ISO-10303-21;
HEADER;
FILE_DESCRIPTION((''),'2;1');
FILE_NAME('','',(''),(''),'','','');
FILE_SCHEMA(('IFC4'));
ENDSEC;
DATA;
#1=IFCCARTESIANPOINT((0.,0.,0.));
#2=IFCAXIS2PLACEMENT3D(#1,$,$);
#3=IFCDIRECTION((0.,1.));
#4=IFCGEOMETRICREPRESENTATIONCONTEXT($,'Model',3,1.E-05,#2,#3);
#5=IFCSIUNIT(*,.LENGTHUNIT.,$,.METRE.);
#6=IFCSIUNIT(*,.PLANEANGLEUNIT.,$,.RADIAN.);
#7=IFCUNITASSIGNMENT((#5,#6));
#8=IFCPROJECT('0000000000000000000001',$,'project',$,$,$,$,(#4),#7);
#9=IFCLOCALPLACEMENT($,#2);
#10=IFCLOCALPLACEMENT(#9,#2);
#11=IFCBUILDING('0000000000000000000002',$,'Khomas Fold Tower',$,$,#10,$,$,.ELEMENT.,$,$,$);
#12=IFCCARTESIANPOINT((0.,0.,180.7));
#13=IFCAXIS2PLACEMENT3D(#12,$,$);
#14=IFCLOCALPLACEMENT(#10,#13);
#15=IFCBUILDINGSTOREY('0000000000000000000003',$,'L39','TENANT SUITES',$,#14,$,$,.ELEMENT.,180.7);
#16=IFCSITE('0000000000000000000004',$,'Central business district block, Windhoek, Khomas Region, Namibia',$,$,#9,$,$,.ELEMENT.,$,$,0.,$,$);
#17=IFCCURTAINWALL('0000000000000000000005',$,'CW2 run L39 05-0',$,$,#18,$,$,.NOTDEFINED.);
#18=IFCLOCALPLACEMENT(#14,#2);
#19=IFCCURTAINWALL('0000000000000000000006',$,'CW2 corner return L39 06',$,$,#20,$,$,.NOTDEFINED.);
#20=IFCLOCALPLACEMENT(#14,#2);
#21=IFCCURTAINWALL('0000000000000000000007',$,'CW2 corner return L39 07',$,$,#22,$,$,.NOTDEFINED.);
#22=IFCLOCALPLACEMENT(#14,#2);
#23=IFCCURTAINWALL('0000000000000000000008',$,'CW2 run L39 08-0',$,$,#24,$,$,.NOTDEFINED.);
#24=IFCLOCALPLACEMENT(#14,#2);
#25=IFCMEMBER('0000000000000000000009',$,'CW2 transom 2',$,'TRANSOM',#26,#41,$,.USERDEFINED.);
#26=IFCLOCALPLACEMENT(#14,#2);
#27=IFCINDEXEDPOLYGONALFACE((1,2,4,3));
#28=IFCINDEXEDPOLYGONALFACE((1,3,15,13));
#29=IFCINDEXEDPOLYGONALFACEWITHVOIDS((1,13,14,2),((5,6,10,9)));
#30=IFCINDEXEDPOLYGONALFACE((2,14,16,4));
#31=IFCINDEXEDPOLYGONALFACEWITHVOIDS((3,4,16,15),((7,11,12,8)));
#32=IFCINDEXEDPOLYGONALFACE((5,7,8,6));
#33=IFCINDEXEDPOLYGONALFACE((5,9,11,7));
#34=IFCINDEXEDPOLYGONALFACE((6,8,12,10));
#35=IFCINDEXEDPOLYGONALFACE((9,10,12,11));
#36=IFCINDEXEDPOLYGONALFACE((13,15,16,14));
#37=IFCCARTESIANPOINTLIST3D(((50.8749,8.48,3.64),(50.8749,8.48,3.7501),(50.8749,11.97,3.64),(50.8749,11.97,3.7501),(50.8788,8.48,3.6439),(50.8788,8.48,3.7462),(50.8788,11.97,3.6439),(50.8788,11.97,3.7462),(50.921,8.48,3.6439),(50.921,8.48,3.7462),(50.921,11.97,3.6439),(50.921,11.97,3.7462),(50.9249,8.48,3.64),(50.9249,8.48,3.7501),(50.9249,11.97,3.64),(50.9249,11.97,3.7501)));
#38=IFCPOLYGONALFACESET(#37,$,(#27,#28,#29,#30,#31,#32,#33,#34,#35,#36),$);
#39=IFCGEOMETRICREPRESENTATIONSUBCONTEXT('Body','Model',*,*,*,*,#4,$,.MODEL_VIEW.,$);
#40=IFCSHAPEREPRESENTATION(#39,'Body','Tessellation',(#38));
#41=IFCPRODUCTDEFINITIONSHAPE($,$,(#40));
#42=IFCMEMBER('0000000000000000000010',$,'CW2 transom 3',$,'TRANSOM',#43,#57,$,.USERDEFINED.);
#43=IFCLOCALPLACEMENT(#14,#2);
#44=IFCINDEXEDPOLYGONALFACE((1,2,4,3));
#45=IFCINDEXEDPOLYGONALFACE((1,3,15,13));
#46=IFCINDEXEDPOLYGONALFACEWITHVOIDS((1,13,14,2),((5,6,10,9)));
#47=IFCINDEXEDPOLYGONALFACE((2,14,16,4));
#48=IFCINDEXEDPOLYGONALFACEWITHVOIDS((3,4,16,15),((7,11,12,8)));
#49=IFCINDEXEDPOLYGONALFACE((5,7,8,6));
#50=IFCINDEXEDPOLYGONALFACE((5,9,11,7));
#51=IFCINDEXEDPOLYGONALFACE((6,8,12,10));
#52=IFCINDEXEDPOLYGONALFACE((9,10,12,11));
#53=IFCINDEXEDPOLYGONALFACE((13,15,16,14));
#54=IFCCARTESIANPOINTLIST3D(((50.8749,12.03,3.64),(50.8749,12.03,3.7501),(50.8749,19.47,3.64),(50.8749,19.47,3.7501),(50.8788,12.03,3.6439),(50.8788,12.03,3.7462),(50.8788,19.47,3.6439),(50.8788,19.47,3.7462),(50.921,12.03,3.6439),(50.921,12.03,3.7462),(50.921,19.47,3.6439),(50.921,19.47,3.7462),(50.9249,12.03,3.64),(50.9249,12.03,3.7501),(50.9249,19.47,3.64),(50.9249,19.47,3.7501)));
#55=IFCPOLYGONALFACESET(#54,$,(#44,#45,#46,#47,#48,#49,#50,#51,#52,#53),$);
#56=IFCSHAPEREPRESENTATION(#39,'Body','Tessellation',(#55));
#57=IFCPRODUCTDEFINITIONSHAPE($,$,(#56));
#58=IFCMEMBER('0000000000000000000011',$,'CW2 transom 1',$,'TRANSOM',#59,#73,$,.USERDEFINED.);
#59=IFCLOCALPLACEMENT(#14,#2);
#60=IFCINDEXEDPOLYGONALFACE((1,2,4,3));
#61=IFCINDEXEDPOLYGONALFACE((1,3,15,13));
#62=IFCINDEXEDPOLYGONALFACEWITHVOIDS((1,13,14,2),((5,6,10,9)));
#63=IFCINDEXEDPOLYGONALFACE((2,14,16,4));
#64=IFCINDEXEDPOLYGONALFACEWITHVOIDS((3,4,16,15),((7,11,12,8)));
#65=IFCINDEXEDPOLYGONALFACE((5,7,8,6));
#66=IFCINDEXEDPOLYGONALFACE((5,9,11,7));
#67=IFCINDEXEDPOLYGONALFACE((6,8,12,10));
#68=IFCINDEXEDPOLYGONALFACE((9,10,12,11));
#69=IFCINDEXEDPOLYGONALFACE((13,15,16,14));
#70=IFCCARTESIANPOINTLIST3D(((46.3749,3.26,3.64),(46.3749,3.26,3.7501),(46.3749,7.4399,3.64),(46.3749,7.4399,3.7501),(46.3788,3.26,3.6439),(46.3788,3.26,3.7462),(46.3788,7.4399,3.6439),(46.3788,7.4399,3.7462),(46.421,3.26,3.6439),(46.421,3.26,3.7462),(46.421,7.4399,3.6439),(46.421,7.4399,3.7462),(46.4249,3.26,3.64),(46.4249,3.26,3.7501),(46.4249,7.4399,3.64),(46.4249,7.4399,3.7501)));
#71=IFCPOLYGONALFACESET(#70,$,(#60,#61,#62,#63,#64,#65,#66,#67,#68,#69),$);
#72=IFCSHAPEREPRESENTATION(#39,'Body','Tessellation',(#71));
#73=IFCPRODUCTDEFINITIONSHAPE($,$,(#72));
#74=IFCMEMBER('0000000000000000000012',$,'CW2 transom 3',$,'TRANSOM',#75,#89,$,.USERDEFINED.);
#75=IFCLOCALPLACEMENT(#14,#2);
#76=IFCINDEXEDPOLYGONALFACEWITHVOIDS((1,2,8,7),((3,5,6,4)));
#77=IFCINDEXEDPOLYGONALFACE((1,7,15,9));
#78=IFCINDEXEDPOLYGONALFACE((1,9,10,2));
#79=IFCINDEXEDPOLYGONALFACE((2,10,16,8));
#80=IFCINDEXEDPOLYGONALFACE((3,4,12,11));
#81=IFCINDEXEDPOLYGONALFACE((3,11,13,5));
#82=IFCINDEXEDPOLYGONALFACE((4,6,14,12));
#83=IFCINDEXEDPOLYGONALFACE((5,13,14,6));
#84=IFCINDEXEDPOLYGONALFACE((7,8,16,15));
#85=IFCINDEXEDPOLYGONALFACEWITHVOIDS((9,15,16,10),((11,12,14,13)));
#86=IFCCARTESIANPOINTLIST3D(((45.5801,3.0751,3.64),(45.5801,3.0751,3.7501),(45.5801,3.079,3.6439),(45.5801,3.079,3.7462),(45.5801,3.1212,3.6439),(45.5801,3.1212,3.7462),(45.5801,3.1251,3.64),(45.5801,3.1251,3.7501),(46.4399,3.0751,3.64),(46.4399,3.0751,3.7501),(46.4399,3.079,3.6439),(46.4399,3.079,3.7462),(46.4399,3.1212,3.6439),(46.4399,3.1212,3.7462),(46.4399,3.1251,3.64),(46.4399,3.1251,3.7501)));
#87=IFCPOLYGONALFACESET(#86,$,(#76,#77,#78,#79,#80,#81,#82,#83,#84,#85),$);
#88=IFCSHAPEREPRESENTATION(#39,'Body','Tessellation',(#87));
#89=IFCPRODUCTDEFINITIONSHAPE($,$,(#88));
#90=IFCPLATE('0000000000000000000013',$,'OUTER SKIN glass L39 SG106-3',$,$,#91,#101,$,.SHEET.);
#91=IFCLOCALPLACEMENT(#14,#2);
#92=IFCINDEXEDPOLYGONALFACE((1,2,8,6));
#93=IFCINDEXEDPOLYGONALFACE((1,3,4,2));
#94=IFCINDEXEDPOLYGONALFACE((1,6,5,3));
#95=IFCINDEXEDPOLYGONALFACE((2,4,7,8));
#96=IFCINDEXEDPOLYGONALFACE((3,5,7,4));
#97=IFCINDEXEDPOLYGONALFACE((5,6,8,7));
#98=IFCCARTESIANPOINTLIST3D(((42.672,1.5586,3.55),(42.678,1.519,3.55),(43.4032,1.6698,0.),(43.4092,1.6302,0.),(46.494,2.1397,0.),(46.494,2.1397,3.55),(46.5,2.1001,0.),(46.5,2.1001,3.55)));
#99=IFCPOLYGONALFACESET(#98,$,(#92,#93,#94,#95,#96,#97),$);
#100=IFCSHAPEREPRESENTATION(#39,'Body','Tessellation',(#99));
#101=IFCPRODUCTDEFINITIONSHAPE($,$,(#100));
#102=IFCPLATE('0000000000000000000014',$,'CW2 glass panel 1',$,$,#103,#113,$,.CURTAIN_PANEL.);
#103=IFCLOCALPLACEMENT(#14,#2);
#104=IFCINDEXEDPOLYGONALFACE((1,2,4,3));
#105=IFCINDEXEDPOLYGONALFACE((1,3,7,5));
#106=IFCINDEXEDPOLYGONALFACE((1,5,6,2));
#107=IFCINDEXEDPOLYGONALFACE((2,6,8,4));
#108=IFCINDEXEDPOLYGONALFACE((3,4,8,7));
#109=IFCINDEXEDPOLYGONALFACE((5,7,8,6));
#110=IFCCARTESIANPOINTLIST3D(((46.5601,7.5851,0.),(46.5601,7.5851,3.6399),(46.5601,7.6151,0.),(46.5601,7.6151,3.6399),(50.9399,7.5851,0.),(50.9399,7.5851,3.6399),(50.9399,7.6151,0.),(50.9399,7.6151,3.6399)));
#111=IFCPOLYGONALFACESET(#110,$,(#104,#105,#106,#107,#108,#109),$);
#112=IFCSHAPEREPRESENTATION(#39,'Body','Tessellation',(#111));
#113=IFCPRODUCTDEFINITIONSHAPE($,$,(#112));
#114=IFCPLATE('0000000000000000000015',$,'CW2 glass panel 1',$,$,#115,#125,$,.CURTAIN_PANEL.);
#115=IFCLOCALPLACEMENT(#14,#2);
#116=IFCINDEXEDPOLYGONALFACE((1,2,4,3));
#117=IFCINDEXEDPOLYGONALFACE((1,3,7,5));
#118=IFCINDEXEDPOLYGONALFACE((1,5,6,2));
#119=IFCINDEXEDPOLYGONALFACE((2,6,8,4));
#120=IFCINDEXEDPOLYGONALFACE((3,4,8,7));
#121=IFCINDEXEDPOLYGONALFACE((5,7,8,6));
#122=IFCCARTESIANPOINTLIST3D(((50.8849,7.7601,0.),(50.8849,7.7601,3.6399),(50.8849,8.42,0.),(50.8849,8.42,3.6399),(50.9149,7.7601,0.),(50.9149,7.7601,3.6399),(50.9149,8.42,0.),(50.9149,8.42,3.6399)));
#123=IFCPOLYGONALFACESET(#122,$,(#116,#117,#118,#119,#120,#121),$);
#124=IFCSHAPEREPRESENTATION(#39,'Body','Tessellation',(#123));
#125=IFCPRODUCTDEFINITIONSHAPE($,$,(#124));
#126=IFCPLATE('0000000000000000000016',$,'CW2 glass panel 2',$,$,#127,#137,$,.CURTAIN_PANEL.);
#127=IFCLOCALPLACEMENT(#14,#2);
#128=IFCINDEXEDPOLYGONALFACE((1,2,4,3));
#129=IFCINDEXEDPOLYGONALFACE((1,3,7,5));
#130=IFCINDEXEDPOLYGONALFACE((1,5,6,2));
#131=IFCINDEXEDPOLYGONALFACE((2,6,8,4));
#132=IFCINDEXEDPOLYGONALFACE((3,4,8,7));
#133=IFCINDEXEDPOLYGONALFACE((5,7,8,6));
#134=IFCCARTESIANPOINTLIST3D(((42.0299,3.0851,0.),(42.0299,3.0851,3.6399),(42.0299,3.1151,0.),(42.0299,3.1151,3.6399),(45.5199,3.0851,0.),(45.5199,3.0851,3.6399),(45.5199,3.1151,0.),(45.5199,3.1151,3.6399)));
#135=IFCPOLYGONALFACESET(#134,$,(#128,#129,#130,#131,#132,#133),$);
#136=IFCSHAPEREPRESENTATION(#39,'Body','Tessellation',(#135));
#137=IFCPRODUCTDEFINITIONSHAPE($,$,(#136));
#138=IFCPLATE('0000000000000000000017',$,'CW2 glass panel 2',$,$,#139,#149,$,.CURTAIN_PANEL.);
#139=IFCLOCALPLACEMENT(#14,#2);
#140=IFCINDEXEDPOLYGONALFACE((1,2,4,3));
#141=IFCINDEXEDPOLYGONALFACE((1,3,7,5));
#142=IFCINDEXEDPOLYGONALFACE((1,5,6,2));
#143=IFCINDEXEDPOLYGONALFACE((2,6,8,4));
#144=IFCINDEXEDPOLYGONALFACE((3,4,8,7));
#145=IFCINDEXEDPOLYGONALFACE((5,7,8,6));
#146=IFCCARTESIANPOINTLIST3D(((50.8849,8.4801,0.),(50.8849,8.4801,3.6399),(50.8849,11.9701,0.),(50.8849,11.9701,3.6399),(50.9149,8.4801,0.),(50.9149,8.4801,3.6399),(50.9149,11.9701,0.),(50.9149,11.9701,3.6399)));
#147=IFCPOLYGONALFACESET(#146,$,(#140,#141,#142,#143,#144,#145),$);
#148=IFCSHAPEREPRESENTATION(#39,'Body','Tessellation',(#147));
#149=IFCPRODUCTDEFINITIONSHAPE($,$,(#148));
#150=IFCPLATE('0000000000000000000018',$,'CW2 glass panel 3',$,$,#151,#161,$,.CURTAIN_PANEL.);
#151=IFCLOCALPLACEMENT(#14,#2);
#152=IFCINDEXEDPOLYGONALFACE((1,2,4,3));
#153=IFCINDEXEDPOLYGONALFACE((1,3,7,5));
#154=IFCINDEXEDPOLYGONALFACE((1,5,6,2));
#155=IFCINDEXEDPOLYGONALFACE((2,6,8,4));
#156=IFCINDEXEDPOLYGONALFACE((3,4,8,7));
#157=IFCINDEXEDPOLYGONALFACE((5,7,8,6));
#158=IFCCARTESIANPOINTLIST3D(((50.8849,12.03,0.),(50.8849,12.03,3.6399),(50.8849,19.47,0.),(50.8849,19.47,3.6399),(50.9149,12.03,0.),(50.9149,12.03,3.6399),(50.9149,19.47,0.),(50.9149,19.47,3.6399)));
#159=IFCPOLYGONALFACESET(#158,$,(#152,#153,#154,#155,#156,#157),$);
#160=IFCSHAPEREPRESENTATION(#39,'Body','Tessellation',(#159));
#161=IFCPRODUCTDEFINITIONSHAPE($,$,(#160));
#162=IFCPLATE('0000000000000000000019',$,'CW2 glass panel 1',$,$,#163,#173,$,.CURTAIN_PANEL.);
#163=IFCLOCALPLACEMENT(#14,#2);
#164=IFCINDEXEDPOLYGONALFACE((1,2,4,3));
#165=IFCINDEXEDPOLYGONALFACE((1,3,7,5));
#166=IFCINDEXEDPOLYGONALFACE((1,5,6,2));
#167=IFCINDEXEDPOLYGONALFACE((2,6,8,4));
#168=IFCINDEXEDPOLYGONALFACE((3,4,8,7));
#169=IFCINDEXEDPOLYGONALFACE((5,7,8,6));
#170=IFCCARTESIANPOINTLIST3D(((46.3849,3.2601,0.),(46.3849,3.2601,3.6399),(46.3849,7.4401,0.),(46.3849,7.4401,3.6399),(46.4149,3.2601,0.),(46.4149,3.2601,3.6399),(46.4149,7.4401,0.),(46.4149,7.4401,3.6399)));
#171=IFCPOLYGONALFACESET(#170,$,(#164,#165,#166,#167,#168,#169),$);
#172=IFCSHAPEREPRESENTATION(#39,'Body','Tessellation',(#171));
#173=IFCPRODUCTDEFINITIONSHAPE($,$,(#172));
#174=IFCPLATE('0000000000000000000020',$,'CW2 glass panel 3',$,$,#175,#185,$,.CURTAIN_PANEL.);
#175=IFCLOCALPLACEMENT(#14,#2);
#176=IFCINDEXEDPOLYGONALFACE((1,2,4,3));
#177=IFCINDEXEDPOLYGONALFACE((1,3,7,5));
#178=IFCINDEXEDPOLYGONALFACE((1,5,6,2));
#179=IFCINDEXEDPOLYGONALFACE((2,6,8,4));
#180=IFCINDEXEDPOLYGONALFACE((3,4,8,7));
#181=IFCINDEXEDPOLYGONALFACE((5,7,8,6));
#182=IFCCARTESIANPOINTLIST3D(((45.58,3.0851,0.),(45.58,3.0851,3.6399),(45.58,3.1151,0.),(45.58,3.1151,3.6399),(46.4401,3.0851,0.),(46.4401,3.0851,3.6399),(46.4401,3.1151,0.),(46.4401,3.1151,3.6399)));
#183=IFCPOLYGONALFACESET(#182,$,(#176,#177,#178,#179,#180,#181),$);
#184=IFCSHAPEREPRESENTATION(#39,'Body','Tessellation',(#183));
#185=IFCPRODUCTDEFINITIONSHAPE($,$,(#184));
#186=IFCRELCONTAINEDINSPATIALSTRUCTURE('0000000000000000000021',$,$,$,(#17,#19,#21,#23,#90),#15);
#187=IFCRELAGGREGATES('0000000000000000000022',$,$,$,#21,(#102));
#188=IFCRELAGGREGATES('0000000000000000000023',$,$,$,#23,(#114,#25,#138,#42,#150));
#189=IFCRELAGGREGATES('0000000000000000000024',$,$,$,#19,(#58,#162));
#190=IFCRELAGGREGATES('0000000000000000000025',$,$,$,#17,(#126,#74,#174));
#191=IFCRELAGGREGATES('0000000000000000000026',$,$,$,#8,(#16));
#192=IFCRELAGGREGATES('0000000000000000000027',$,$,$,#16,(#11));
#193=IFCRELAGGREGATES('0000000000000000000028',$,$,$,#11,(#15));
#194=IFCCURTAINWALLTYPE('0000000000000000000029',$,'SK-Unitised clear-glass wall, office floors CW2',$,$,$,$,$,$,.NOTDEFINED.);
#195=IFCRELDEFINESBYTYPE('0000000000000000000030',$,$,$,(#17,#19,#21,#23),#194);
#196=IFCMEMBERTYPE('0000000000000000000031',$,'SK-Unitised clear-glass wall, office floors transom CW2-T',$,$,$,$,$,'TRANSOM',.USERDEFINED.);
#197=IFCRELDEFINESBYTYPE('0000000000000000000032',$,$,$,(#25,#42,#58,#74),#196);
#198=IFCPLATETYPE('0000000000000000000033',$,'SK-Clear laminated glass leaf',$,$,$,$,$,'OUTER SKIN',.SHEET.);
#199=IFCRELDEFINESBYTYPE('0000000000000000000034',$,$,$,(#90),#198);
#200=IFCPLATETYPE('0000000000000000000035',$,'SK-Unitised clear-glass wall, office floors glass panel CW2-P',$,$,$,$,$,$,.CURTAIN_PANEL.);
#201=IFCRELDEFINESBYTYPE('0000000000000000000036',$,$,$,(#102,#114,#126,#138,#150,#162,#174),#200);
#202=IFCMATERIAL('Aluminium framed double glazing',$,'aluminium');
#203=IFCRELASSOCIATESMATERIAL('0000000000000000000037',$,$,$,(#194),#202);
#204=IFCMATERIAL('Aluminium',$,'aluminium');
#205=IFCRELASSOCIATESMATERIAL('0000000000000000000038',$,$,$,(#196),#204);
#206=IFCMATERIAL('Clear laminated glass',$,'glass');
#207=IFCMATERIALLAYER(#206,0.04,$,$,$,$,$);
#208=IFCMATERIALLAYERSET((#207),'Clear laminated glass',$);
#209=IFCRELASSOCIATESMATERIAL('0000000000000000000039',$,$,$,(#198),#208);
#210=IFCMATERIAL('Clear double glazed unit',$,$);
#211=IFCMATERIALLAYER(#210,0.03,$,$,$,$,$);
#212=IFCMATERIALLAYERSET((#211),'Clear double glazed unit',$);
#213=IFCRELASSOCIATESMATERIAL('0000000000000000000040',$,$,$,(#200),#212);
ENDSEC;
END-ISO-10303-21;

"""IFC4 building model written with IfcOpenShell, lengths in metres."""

from ifc_helpers import new_model, si_unit, direction, frame, origin, origin_2d, place, context, subcontext, project, spatial, polyline, rectangle, hollow_rectangle, outline, extrude, source, transform, mapped, material, layer, layer_set, material_profile, profile_set, type_object, element, aggregate, save


model = new_model("IFC4")

# Units and contexts
model_context = context("Model", 3, precision=1e-05, world=origin(), true_north=direction((0.0, 1.0)))
body_context = subcontext(model_context, "Body", "Model", "MODEL_VIEW")
ifc_project = project(units=[si_unit("LENGTHUNIT", "METRE"), si_unit("PLANEANGLEUNIT", "RADIAN")], contexts=[model_context])

# Site, building, storey
site_placement = place(None, origin())
site = spatial("IfcSite", under=ifc_project, at=site_placement, Name="Central business district block, Windhoek, Khomas Region, Namibia", CompositionType="ELEMENT", RefElevation=0.0)
building_placement = place(site_placement, origin())
building = spatial("IfcBuilding", under=site, at=building_placement, Name="Khomas Fold Tower", CompositionType="ELEMENT")
storey_placement = place(building_placement, frame((0.0, 0.0, 180.7)))
storey = spatial("IfcBuildingStorey", under=building, at=storey_placement, Name="L39", Description="TENANT SUITES", CompositionType="ELEMENT", Elevation=180.7)

# Curtain walls
ifc_material_1 = material(Name="Aluminium framed double glazing", Category="aluminium")
curtain_wall_type = type_object("IfcCurtainWallType", Name="SK-Unitised clear-glass wall, office floors CW2", PredefinedType="NOTDEFINED", material=ifc_material_1)
curtain_wall_1_placement = place(storey_placement, origin())
curtain_wall_1 = element("IfcCurtainWall", 1, at=curtain_wall_1_placement, inside=storey, type_object=curtain_wall_type, Name="CW2 run L39 05-0", PredefinedType="NOTDEFINED")
curtain_wall_2_placement = place(storey_placement, origin())
curtain_wall_2 = element("IfcCurtainWall", 2, at=curtain_wall_2_placement, inside=storey, type_object=curtain_wall_type, Name="CW2 corner return L39 06", PredefinedType="NOTDEFINED")
curtain_wall_3_placement = place(storey_placement, origin())
curtain_wall_3 = element("IfcCurtainWall", 3, at=curtain_wall_3_placement, inside=storey, type_object=curtain_wall_type, Name="CW2 corner return L39 07", PredefinedType="NOTDEFINED")
curtain_wall_4_placement = place(storey_placement, origin())
curtain_wall_4 = element("IfcCurtainWall", 4, at=curtain_wall_4_placement, inside=storey, type_object=curtain_wall_type, Name="CW2 run L39 08-0", PredefinedType="NOTDEFINED")

# Members
ifc_material_2 = material(Name="Aluminium", Category="aluminium")
ifc_material_profile_1 = material_profile(ifc_material_2, hollow_rectangle(XDim=0.05, YDim=0.1101, WallThickness=0.0039, at=origin_2d()), Name="SK-Unitised clear-glass wall, office floors transom CW2-T")
ifc_profile_set_1 = profile_set([ifc_material_profile_1], Name="Aluminium")
member_type_1 = type_object("IfcMemberType", Name="SK-Unitised clear-glass wall, office floors transom CW2-T", ElementType="TRANSOM", PredefinedType="USERDEFINED", material=ifc_profile_set_1)
shared_shape_1 = source(origin(), body_context, "Body", "SweptSolid", [
    extrude(hollow_rectangle(XDim=0.05, YDim=0.1101, WallThickness=0.0039, at=origin_2d()), origin(), (0.0, 0.0, 1.0), 3.49),
])
member_1_placement = place(storey_placement, frame((50.8999, 8.48, 3.6951), z_axis=(0.0, 1.0, 0.0), x_axis=(-1.0, 0.0, 0.0)))
member_1 = element("IfcMember", 5, at=member_1_placement, type_object=member_type_1, Name="CW2 transom 2", ObjectType="TRANSOM", PredefinedType="USERDEFINED", context=body_context, shape_type="MappedRepresentation", body=[
    mapped(shared_shape_1, transform((0.0, 0.0, 0.0))),
])
shared_shape_2 = source(origin(), body_context, "Body", "SweptSolid", [
    extrude(hollow_rectangle(XDim=0.05, YDim=0.1101, WallThickness=0.0039, at=origin_2d()), origin(), (0.0, 0.0, 1.0), 7.4399),
])
member_2_placement = place(storey_placement, frame((50.8999, 12.03, 3.6951), z_axis=(0.0, 1.0, 0.0), x_axis=(-1.0, 0.0, 0.0)))
member_2 = element("IfcMember", 6, at=member_2_placement, type_object=member_type_1, Name="CW2 transom 3", ObjectType="TRANSOM", PredefinedType="USERDEFINED", context=body_context, shape_type="MappedRepresentation", body=[
    mapped(shared_shape_2, transform((0.0, 0.0, 0.0))),
])
shared_shape_3 = source(origin(), body_context, "Body", "SweptSolid", [
    extrude(hollow_rectangle(XDim=0.05, YDim=0.1101, WallThickness=0.0039, at=origin_2d()), origin(), (0.0, 0.0, 1.0), 4.1799),
])
member_3_placement = place(storey_placement, frame((46.3999, 3.26, 3.6951), z_axis=(0.0, 1.0, 0.0), x_axis=(-1.0, 0.0, 0.0)))
member_3 = element("IfcMember", 7, at=member_3_placement, type_object=member_type_1, Name="CW2 transom 1", ObjectType="TRANSOM", PredefinedType="USERDEFINED", context=body_context, shape_type="MappedRepresentation", body=[
    mapped(shared_shape_3, transform((0.0, 0.0, 0.0))),
])
shared_shape_4 = source(origin(), body_context, "Body", "SweptSolid", [
    extrude(hollow_rectangle(XDim=0.05, YDim=0.1101, WallThickness=0.0039, at=origin_2d()), origin(), (0.0, 0.0, 1.0), 0.8599),
])
member_4_placement = place(storey_placement, frame((45.5801, 3.1001, 3.6951), z_axis=(1.0, 0.0, 0.0), x_axis=(0.0, 1.0, 0.0)))
member_4 = element("IfcMember", 8, at=member_4_placement, type_object=member_type_1, Name="CW2 transom 3", ObjectType="TRANSOM", PredefinedType="USERDEFINED", context=body_context, shape_type="MappedRepresentation", body=[
    mapped(shared_shape_4, transform((0.0, 0.0, 0.0))),
])

# Plates
ifc_material_3 = material(Name="Clear laminated glass", Category="glass")
ifc_layer_1 = layer(ifc_material_3, 0.04)
ifc_layer_set_1 = layer_set([ifc_layer_1], Name="Clear laminated glass")
plate_type_1 = type_object("IfcPlateType", Name="SK-Clear laminated glass leaf", ElementType="OUTER SKIN", PredefinedType="SHEET", material=ifc_layer_set_1)
plate_1_placement = place(storey_placement, frame((42.678, 1.519, 3.55), z_axis=(0.150312, -0.988639, 0.000012), x_axis=(0.988639, 0.150312, 0.0)))
element("IfcPlate", 9, at=plate_1_placement, inside=storey, type_object=plate_type_1, Name="OUTER SKIN glass L39 SG106-3", PredefinedType="SHEET", context=body_context, shape_type="SweptSolid", body=[
    extrude(outline(polyline([(0.0, 0.0), (3.8659, 0.0), (3.8659, -3.55), (0.7396, -3.55), (0.0, 0.0)])), origin(), (0.0, 0.0, -1.0), 0.04),
])
ifc_material_4 = material(Name="Clear double glazed unit")
ifc_layer_2 = layer(ifc_material_4, 0.03)
ifc_layer_set_2 = layer_set([ifc_layer_2], Name="Clear double glazed unit")
plate_type_2 = type_object("IfcPlateType", Name="SK-Unitised clear-glass wall, office floors glass panel CW2-P", PredefinedType="CURTAIN_PANEL", material=ifc_layer_set_2)
shared_shape_5 = source(origin(), body_context, "Body", "SweptSolid", [
    extrude(rectangle(XDim=4.3799, YDim=0.03, at=origin_2d()), origin(), (0.0, 0.0, 1.0), 3.6399),
])
plate_2_placement = place(storey_placement, frame((48.75, 7.6001, 0.0), z_axis=(0.0, 0.0, 1.0), x_axis=(1.0, 0.0, 0.0)))
plate_2 = element("IfcPlate", 10, at=plate_2_placement, type_object=plate_type_2, Name="CW2 glass panel 1", PredefinedType="CURTAIN_PANEL", context=body_context, shape_type="MappedRepresentation", body=[
    mapped(shared_shape_5, transform((0.0, 0.0, 0.0))),
])
aggregate(curtain_wall_3, [plate_2])
shared_shape_6 = source(origin(), body_context, "Body", "SweptSolid", [
    extrude(rectangle(XDim=0.6599, YDim=0.03, at=origin_2d()), origin(), (0.0, 0.0, 1.0), 3.6399),
])
plate_3_placement = place(storey_placement, frame((50.8999, 8.0901, 0.0), z_axis=(0.0, 0.0, 1.0), x_axis=(0.0, 1.0, 0.0)))
plate_3 = element("IfcPlate", 11, at=plate_3_placement, type_object=plate_type_2, Name="CW2 glass panel 1", PredefinedType="CURTAIN_PANEL", context=body_context, shape_type="MappedRepresentation", body=[
    mapped(shared_shape_6, transform((0.0, 0.0, 0.0))),
])
shared_shape_7 = source(origin(), body_context, "Body", "SweptSolid", [
    extrude(rectangle(XDim=3.49, YDim=0.03, at=origin_2d()), origin(), (0.0, 0.0, 1.0), 3.6399),
])
plate_4_placement = place(storey_placement, frame((43.7749, 3.1001, 0.0), z_axis=(0.0, 0.0, 1.0), x_axis=(1.0, 0.0, 0.0)))
plate_4 = element("IfcPlate", 12, at=plate_4_placement, type_object=plate_type_2, Name="CW2 glass panel 2", PredefinedType="CURTAIN_PANEL", context=body_context, shape_type="MappedRepresentation", body=[
    mapped(shared_shape_7, transform((0.0, 0.0, 0.0))),
])
plate_5_placement = place(storey_placement, frame((50.8999, 10.2251, 0.0), z_axis=(0.0, 0.0, 1.0), x_axis=(0.0, 1.0, 0.0)))
plate_5 = element("IfcPlate", 13, at=plate_5_placement, type_object=plate_type_2, Name="CW2 glass panel 2", PredefinedType="CURTAIN_PANEL", context=body_context, shape_type="MappedRepresentation", body=[
    mapped(shared_shape_7, transform((0.0, 0.0, 0.0))),
])
shared_shape_8 = source(origin(), body_context, "Body", "SweptSolid", [
    extrude(rectangle(XDim=7.4399, YDim=0.03, at=origin_2d()), origin(), (0.0, 0.0, 1.0), 3.6399),
])
plate_6_placement = place(storey_placement, frame((50.8999, 15.75, 0.0), z_axis=(0.0, 0.0, 1.0), x_axis=(0.0, 1.0, 0.0)))
plate_6 = element("IfcPlate", 14, at=plate_6_placement, type_object=plate_type_2, Name="CW2 glass panel 3", PredefinedType="CURTAIN_PANEL", context=body_context, shape_type="MappedRepresentation", body=[
    mapped(shared_shape_8, transform((0.0, 0.0, 0.0))),
])
aggregate(curtain_wall_4, [plate_3, member_1, plate_5, member_2, plate_6])
shared_shape_9 = source(origin(), body_context, "Body", "SweptSolid", [
    extrude(rectangle(XDim=4.1799, YDim=0.03, at=origin_2d()), origin(), (0.0, 0.0, 1.0), 3.6399),
])
plate_7_placement = place(storey_placement, frame((46.3999, 5.3501, 0.0), z_axis=(0.0, 0.0, 1.0), x_axis=(0.0, 1.0, 0.0)))
plate_7 = element("IfcPlate", 15, at=plate_7_placement, type_object=plate_type_2, Name="CW2 glass panel 1", PredefinedType="CURTAIN_PANEL", context=body_context, shape_type="MappedRepresentation", body=[
    mapped(shared_shape_9, transform((0.0, 0.0, 0.0))),
])
aggregate(curtain_wall_2, [member_3, plate_7])
shared_shape_10 = source(origin(), body_context, "Body", "SweptSolid", [
    extrude(rectangle(XDim=0.8601, YDim=0.03, at=origin_2d()), origin(), (0.0, 0.0, 1.0), 3.6399),
])
plate_8_placement = place(storey_placement, frame((46.01, 3.1001, 0.0), z_axis=(0.0, 0.0, 1.0), x_axis=(1.0, 0.0, 0.0)))
plate_8 = element("IfcPlate", 16, at=plate_8_placement, type_object=plate_type_2, Name="CW2 glass panel 3", PredefinedType="CURTAIN_PANEL", context=body_context, shape_type="MappedRepresentation", body=[
    mapped(shared_shape_10, transform((0.0, 0.0, 0.0))),
])
aggregate(curtain_wall_1, [plate_4, member_4, plate_8])

save(model, "model.ifc")
